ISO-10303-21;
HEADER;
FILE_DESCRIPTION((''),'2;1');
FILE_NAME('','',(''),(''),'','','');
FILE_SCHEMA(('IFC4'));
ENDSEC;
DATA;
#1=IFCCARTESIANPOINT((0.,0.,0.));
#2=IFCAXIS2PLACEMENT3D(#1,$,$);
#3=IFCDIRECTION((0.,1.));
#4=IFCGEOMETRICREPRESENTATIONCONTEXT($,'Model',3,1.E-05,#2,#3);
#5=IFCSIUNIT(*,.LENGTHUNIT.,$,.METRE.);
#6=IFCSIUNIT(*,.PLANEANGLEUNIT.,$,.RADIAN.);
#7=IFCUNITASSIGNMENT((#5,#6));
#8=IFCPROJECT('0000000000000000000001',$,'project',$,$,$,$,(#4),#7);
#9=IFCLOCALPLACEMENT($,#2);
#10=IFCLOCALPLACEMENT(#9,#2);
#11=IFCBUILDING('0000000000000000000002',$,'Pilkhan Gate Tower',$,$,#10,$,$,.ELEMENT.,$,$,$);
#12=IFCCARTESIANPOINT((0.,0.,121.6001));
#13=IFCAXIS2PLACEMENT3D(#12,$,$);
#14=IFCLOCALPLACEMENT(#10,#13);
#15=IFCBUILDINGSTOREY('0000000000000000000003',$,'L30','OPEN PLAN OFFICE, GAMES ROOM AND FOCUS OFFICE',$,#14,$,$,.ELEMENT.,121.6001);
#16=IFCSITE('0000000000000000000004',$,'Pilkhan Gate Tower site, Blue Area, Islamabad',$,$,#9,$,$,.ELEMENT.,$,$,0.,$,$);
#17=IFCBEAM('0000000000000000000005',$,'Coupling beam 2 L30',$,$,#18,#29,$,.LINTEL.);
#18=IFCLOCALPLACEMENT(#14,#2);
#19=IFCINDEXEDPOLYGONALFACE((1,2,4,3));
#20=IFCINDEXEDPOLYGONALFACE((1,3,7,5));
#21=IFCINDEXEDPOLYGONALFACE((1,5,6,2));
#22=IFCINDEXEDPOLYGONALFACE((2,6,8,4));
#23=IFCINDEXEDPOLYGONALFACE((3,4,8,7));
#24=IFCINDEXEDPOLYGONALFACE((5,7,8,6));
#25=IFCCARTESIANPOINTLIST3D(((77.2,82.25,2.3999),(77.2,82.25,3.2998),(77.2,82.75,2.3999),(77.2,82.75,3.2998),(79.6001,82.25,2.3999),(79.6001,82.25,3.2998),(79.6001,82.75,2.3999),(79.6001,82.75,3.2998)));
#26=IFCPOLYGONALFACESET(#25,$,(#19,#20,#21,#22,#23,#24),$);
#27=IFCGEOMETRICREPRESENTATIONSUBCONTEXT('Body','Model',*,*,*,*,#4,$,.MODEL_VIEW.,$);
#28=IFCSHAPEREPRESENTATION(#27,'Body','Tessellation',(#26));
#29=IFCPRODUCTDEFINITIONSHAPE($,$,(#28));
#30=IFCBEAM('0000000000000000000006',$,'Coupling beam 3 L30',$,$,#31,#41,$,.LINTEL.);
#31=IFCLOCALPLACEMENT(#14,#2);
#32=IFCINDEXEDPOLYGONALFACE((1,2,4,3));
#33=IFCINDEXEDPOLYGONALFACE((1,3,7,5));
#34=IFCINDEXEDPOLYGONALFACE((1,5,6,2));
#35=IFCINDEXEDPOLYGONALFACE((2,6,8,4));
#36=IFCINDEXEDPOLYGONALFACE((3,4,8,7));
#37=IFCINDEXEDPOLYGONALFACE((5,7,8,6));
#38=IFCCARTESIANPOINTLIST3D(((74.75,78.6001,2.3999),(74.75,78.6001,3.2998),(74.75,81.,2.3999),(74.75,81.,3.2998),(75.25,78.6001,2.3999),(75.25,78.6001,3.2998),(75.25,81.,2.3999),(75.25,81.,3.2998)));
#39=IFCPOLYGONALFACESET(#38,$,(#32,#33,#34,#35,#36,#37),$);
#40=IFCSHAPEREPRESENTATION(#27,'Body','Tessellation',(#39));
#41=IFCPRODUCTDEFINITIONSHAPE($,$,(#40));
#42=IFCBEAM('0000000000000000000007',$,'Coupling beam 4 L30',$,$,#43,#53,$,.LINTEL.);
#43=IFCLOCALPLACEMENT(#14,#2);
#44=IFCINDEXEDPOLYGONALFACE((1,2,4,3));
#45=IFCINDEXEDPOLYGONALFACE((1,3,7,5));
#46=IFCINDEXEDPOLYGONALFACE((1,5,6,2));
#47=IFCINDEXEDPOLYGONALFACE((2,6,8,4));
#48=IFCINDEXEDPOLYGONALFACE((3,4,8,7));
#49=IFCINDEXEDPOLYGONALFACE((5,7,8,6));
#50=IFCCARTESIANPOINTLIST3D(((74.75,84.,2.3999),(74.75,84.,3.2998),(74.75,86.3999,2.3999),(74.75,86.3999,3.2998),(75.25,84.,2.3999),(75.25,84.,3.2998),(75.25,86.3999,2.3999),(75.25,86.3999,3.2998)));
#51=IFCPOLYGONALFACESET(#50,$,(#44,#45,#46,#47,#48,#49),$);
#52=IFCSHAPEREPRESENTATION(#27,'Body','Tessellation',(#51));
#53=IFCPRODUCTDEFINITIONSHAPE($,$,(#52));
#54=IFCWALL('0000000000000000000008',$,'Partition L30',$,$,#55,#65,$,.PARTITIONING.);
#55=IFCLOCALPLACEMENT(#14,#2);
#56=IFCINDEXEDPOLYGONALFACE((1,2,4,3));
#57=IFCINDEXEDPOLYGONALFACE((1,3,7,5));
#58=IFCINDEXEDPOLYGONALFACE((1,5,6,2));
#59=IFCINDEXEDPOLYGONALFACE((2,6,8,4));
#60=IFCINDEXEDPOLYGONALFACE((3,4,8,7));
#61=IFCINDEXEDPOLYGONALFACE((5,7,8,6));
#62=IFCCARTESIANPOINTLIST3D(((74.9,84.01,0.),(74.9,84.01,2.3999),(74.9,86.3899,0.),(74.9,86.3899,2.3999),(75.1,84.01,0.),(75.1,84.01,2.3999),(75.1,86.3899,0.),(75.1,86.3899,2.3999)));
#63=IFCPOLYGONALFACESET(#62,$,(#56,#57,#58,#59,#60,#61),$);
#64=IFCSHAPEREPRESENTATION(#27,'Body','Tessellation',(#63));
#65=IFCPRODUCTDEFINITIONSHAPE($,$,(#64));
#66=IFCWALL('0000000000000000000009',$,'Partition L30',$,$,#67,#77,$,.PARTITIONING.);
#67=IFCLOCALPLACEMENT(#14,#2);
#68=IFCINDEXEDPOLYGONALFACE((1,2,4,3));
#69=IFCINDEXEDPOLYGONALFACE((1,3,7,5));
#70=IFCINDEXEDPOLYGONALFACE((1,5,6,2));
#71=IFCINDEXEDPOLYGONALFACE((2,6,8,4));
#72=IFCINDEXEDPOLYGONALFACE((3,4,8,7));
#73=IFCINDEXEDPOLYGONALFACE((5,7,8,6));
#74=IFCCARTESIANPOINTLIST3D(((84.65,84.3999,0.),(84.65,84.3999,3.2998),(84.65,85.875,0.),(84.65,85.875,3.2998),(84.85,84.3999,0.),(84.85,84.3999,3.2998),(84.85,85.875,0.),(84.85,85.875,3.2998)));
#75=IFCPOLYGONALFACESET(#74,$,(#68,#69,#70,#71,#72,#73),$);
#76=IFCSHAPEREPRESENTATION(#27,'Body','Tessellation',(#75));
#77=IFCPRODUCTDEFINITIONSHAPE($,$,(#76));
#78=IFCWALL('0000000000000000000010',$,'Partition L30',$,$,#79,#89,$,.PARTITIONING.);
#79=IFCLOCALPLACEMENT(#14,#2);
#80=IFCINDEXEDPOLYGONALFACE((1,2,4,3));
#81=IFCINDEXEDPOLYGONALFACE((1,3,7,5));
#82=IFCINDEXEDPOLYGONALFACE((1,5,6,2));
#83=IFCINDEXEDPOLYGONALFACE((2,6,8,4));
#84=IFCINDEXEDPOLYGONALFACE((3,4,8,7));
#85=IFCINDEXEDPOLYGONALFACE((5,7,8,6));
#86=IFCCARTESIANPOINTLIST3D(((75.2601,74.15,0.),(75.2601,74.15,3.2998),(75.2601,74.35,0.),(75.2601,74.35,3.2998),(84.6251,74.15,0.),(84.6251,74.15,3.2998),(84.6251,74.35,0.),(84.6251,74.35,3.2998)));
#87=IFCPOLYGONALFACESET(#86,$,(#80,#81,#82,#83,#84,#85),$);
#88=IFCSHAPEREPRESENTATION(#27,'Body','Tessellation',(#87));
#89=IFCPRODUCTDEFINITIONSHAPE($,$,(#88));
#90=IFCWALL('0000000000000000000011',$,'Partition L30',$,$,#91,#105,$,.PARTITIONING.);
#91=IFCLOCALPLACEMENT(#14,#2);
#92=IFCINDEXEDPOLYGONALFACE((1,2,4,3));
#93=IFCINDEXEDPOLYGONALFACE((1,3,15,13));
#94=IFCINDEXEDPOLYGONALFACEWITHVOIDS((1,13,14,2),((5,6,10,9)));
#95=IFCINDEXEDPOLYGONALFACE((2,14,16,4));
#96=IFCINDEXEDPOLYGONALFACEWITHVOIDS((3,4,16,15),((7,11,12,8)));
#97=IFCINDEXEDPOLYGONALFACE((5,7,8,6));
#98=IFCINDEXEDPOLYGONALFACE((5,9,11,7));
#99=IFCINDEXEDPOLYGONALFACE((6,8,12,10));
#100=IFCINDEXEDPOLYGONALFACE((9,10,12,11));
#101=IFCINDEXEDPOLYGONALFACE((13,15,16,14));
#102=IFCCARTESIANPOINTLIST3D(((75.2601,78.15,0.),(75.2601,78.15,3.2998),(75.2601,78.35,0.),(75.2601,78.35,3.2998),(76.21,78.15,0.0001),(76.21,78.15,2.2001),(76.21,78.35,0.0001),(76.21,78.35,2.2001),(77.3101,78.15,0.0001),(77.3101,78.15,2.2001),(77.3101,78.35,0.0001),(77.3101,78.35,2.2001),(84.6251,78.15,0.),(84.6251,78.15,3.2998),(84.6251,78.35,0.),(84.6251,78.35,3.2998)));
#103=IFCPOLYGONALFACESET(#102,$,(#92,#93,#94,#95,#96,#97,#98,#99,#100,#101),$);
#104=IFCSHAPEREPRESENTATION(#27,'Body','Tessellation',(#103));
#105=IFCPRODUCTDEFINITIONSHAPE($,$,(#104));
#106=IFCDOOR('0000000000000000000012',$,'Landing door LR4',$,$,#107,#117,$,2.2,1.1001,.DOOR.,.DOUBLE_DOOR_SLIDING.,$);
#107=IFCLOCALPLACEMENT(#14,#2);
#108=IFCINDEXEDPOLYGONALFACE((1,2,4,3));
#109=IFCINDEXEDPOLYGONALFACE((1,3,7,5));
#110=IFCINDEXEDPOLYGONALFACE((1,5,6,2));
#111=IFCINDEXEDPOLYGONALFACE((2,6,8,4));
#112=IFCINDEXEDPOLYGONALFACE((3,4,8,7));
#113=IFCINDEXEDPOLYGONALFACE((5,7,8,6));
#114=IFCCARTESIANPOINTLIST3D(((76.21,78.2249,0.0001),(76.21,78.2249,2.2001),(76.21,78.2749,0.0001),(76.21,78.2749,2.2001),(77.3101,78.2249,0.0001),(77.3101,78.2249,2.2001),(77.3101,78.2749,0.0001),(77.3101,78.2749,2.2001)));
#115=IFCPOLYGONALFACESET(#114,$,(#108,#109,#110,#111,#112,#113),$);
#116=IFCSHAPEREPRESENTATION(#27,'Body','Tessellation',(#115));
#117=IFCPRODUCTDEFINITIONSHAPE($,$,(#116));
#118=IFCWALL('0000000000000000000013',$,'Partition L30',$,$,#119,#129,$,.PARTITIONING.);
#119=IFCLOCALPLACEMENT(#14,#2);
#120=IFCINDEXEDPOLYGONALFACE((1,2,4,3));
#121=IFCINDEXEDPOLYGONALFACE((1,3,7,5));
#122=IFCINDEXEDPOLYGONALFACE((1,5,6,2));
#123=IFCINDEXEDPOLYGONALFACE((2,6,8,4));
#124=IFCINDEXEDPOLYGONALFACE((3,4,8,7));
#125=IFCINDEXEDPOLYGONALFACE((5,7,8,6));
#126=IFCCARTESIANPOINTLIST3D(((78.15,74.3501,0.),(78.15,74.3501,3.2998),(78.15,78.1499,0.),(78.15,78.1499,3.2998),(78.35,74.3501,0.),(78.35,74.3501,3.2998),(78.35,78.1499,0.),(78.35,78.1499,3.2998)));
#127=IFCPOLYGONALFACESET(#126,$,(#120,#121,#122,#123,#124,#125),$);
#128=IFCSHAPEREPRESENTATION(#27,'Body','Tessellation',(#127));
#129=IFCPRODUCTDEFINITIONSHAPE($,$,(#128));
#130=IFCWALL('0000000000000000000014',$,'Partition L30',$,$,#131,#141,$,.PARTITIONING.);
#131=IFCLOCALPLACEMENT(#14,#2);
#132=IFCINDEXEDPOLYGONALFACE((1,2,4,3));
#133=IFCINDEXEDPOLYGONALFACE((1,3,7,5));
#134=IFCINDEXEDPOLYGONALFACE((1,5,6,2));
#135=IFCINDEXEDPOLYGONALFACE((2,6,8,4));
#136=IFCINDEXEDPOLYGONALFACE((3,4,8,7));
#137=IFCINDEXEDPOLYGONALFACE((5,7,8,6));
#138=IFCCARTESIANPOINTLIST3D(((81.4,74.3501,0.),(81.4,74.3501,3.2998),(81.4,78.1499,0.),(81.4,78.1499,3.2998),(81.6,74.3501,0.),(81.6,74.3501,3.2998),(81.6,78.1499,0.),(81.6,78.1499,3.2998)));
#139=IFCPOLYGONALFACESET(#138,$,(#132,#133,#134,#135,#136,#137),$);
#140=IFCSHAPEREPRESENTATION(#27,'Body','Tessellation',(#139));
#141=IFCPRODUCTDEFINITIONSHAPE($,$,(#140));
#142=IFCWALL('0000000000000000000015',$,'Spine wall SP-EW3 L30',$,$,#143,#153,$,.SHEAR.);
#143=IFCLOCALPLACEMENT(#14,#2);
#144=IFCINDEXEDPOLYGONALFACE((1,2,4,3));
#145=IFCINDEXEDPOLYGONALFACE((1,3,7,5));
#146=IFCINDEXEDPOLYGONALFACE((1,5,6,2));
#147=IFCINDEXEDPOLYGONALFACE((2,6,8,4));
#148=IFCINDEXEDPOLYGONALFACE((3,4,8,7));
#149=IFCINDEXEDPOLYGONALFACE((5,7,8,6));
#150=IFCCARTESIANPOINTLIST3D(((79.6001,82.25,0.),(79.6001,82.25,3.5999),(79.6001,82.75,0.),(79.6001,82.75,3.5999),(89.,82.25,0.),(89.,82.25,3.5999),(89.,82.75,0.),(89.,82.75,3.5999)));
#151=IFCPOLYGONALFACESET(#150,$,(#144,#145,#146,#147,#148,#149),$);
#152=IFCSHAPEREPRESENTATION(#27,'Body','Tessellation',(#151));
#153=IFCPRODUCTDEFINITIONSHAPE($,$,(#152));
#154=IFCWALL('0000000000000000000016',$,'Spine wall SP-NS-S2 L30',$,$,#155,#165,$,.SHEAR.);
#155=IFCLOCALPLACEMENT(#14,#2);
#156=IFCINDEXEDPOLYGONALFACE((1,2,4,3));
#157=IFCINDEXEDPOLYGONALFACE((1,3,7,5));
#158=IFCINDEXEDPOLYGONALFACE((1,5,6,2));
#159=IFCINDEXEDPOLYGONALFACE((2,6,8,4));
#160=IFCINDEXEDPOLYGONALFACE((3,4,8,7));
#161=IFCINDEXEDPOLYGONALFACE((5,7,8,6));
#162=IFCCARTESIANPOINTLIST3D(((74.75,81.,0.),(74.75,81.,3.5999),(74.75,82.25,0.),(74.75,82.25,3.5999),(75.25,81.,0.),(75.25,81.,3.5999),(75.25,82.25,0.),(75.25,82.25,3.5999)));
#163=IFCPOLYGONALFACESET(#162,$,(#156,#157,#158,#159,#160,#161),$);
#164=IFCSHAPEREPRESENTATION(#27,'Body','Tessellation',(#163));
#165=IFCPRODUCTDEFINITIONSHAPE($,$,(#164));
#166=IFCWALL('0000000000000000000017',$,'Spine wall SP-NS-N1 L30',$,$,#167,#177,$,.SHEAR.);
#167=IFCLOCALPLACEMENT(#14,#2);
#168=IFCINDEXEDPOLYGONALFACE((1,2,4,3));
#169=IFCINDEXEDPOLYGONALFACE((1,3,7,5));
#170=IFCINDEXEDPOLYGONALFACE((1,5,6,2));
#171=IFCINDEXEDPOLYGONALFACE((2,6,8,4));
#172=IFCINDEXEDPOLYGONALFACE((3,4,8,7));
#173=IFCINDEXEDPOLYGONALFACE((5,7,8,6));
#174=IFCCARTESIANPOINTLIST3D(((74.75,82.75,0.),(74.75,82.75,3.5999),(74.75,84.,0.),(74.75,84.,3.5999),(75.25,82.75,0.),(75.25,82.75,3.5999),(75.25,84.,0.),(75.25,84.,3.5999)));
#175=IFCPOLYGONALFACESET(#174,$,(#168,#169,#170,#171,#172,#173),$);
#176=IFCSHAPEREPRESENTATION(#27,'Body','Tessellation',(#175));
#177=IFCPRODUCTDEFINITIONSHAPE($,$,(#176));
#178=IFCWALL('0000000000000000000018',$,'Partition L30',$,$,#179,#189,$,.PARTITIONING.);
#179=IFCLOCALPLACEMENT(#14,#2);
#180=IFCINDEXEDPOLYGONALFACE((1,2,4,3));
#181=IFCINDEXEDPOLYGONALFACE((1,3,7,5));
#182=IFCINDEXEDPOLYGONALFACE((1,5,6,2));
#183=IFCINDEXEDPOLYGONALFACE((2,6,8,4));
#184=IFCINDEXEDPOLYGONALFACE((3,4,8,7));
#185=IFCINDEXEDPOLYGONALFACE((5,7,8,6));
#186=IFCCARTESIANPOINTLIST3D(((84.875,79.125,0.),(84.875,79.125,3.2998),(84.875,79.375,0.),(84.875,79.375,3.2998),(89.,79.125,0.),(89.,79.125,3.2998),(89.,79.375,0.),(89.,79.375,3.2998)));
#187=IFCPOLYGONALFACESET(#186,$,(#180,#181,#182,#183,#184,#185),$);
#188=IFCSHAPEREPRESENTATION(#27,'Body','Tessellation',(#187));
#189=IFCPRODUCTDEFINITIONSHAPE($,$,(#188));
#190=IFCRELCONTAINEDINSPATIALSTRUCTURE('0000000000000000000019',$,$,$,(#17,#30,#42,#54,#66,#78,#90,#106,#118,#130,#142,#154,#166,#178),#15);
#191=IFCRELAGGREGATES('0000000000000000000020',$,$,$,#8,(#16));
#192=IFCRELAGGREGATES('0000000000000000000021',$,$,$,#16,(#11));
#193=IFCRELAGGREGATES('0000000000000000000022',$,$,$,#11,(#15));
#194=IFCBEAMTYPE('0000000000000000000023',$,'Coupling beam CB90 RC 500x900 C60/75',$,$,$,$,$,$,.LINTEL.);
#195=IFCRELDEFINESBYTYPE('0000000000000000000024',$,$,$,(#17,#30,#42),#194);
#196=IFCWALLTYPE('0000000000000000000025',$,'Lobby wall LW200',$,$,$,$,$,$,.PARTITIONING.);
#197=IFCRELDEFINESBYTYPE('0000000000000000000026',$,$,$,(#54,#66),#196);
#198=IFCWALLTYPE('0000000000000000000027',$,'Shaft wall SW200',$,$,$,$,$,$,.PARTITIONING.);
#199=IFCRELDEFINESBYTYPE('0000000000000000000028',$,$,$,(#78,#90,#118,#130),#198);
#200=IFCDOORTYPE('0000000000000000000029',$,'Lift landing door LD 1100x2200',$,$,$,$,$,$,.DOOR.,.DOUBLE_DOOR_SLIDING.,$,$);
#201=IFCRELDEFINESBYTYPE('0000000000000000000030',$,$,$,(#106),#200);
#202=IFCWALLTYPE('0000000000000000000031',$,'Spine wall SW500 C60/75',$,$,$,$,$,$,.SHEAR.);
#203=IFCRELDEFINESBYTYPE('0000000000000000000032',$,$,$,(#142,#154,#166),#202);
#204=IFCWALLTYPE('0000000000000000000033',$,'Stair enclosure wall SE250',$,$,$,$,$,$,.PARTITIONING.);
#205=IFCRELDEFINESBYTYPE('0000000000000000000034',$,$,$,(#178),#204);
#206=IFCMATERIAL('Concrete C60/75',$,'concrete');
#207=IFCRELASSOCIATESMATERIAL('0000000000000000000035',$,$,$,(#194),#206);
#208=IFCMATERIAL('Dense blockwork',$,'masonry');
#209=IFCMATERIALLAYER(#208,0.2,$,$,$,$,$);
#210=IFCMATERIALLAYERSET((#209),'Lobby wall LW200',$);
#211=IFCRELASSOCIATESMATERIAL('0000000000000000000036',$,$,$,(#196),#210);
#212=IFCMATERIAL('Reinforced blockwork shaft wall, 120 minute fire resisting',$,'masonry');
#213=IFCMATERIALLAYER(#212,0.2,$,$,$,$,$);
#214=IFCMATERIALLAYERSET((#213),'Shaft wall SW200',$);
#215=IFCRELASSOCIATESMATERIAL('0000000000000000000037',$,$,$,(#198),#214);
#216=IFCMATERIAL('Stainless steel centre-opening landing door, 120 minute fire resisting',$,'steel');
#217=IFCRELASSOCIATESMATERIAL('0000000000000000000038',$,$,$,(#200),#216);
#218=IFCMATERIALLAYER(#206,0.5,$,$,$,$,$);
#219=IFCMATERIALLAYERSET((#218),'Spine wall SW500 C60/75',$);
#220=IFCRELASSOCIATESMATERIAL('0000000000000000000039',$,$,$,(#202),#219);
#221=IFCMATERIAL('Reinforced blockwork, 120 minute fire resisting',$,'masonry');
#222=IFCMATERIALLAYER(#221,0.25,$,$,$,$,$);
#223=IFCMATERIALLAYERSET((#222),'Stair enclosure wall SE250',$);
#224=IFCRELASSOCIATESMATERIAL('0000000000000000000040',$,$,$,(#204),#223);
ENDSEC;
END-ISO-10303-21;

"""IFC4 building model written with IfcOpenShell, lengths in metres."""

from ifc_helpers import new_model, si_unit, direction, frame, frame_2d, origin, origin_2d, place, context, subcontext, project, spatial, rectangle, extrude, material, layer, layer_set, material_profile, profile_set, type_object, element, fill, save


model = new_model("IFC4")

# Units and contexts
model_context = context("Model", 3, precision=1e-05, world=origin(), true_north=direction((0.0, 1.0)))
body_context = subcontext(model_context, "Body", "Model", "MODEL_VIEW")
ifc_project = project(units=[si_unit("LENGTHUNIT", "METRE"), si_unit("PLANEANGLEUNIT", "RADIAN")], contexts=[model_context])

# Site, building, storey
site_placement = place(None, origin())
site = spatial("IfcSite", under=ifc_project, at=site_placement, Name="Pilkhan Gate Tower site, Blue Area, Islamabad", CompositionType="ELEMENT", RefElevation=0.0)
building_placement = place(site_placement, origin())
building = spatial("IfcBuilding", under=site, at=building_placement, Name="Pilkhan Gate Tower", CompositionType="ELEMENT")
storey_placement = place(building_placement, frame((0.0, 0.0, 121.6001)))
storey = spatial("IfcBuildingStorey", under=building, at=storey_placement, Name="L30", Description="OPEN PLAN OFFICE, GAMES ROOM AND FOCUS OFFICE", CompositionType="ELEMENT", Elevation=121.6001)

# Beams
ifc_material_1 = material(Name="Concrete C60/75", Category="concrete")
ifc_material_profile = material_profile(ifc_material_1, rectangle(XDim=0.5, YDim=0.8999, at=origin_2d()), Name="RC 500x900")
ifc_profile_set = profile_set([ifc_material_profile], Name="Concrete C60/75")
beam_type = type_object("IfcBeamType", Name="Coupling beam CB90 RC 500x900 C60/75", PredefinedType="LINTEL", material=ifc_profile_set)
beam_placement = place(storey_placement, frame((77.2, 82.5, 2.8499), z_axis=(1.0, 0.0, 0.0), x_axis=(0.0, 1.0, 0.0)))
element("IfcBeam", 1, at=beam_placement, inside=storey, type_object=beam_type, Name="Coupling beam 2 L30", PredefinedType="LINTEL", context=body_context, shape_type="SweptSolid", body=[
    extrude(rectangle(XDim=0.5, YDim=0.8999, at=origin_2d()), origin(), (0.0, 0.0, 1.0), 2.4001),
])
for number, where, z_axis, x_axis, name in (
    (2, (75.0, 78.6001, 2.8499), (0.0, 1.0, 0.0), (-1.0, 0.0, 0.0), "Coupling beam 3 L30"),
    (3, (75.0, 84.0, 2.8499), (0.0, 1.0, 0.0), (-1.0, 0.0, 0.0), "Coupling beam 4 L30"),
):
    element("IfcBeam", number, at=place(storey_placement, frame(where, z_axis=z_axis, x_axis=x_axis)), inside=storey, type_object=beam_type, Name=name, PredefinedType="LINTEL", context=body_context, shape_type="SweptSolid", body=[
        extrude(rectangle(XDim=0.5, YDim=0.8999, at=origin_2d()), origin(), (0.0, 0.0, 1.0), 2.3999),
    ])

# Walls
ifc_material_2 = material(Name="Dense blockwork", Category="masonry")
ifc_layer_1 = layer(ifc_material_2, 0.2)
ifc_layer_set_1 = layer_set([ifc_layer_1], Name="Lobby wall LW200")
wall_type_1 = type_object("IfcWallType", Name="Lobby wall LW200", PredefinedType="PARTITIONING", material=ifc_layer_set_1)
wall_1_placement = place(storey_placement, frame((75.0, 84.01, 0.0), z_axis=(0.0, 0.0, 1.0), x_axis=(0.0, 1.0, 0.0)))
element("IfcWall", 4, at=wall_1_placement, inside=storey, type_object=wall_type_1, Name="Partition L30", PredefinedType="PARTITIONING", context=body_context, shape_type="SweptSolid", body=[
    extrude(rectangle(XDim=2.3799, YDim=0.2, at=frame_2d((1.1899, 0.0))), origin(), (0.0, 0.0, 1.0), 2.3999),
])
wall_2_placement = place(storey_placement, frame((84.75, 84.3999, 0.0), z_axis=(0.0, 0.0, 1.0), x_axis=(0.0, 1.0, 0.0)))
element("IfcWall", 5, at=wall_2_placement, inside=storey, type_object=wall_type_1, Name="Partition L30", PredefinedType="PARTITIONING", context=body_context, shape_type="SweptSolid", body=[
    extrude(rectangle(XDim=1.4751, YDim=0.2, at=frame_2d((0.7375, 0.0))), origin(), (0.0, 0.0, 1.0), 3.2998),
])
ifc_material_3 = material(Name="Reinforced blockwork shaft wall, 120 minute fire resisting", Category="masonry")
ifc_layer_2 = layer(ifc_material_3, 0.2)
ifc_layer_set_2 = layer_set([ifc_layer_2], Name="Shaft wall SW200")
wall_type_2 = type_object("IfcWallType", Name="Shaft wall SW200", PredefinedType="PARTITIONING", material=ifc_layer_set_2)
wall_3_placement = place(storey_placement, frame((75.26, 74.25, 0.0), z_axis=(0.0, 0.0, 1.0), x_axis=(1.0, 0.0, 0.0)))
element("IfcWall", 6, at=wall_3_placement, inside=storey, type_object=wall_type_2, Name="Partition L30", PredefinedType="PARTITIONING", context=body_context, shape_type="SweptSolid", body=[
    extrude(rectangle(XDim=9.365, YDim=0.2, at=frame_2d((4.6826, 0.0))), origin(), (0.0, 0.0, 1.0), 3.2998),
])

# Wall, opening, door
wall_4_placement = place(storey_placement, frame((75.26, 78.25, 0.0), z_axis=(0.0, 0.0, 1.0), x_axis=(1.0, 0.0, 0.0)))
wall_4 = element("IfcWall", 7, at=wall_4_placement, inside=storey, type_object=wall_type_2, Name="Partition L30", PredefinedType="PARTITIONING", context=body_context, shape_type="SweptSolid", body=[
    extrude(rectangle(XDim=9.365, YDim=0.2, at=frame_2d((4.6826, 0.0))), origin(), (0.0, 0.0, 1.0), 3.2998),
])
opening_placement = place(wall_4_placement, frame((0.95, 0.0, 0.0)))
opening = element("IfcOpeningElement", 8, at=opening_placement, cuts=wall_4, PredefinedType="OPENING", context=body_context, shape_type="SweptSolid", body=[
    extrude(rectangle(XDim=1.1001, YDim=2.2, at=frame_2d((0.55, 1.1001))), frame((0.0, 0.1099, 0.0), z_axis=(0.0, -1.0, 0.0), x_axis=(1.0, 0.0, 0.0)), (0.0, 0.0, 1.0), 0.22),
])
ifc_material_4 = material(Name="Stainless steel centre-opening landing door, 120 minute fire resisting", Category="steel")
door_type = type_object("IfcDoorType", Name="Lift landing door LD 1100x2200", OperationType="DOUBLE_DOOR_SLIDING", PredefinedType="DOOR", material=ifc_material_4)
door_placement = place(opening_placement, origin())
door = element("IfcDoor", 9, at=door_placement, inside=storey, type_object=door_type, Name="Landing door LR4", OperationType="DOUBLE_DOOR_SLIDING", OverallHeight=2.2, OverallWidth=1.1001, PredefinedType="DOOR", context=body_context, shape_type="SweptSolid", body=[
    extrude(rectangle(XDim=1.1001, YDim=2.2, at=frame_2d((0.55, 1.1001))), frame((0.0, 0.0249, 0.0), z_axis=(0.0, -1.0, 0.0), x_axis=(1.0, 0.0, 0.0)), (0.0, 0.0, 1.0), 0.05),
])
fill(opening, door)

# Walls
for number, where, z_axis, x_axis, name in (
    (10, (78.25, 74.3501, 0.0), (0.0, 0.0, 1.0), (0.0, 1.0, 0.0), "Partition L30"),
    (11, (81.5, 74.3501, 0.0), (0.0, 0.0, 1.0), (0.0, 1.0, 0.0), "Partition L30"),
):
    element("IfcWall", number, at=place(storey_placement, frame(where, z_axis=z_axis, x_axis=x_axis)), inside=storey, type_object=wall_type_2, Name=name, PredefinedType="PARTITIONING", context=body_context, shape_type="SweptSolid", body=[
        extrude(rectangle(XDim=3.7998, YDim=0.2, at=frame_2d((1.8999, 0.0))), origin(), (0.0, 0.0, 1.0), 3.2998),
    ])
ifc_layer_3 = layer(ifc_material_1, 0.5)
ifc_layer_set_3 = layer_set([ifc_layer_3], Name="Spine wall SW500 C60/75")
wall_type_3 = type_object("IfcWallType", Name="Spine wall SW500 C60/75", PredefinedType="SHEAR", material=ifc_layer_set_3)
wall_5_placement = place(storey_placement, frame((79.6001, 82.5, 0.0), z_axis=(0.0, 0.0, 1.0), x_axis=(1.0, 0.0, 0.0)))
element("IfcWall", 12, at=wall_5_placement, inside=storey, type_object=wall_type_3, Name="Spine wall SP-EW3 L30", PredefinedType="SHEAR", context=body_context, shape_type="SweptSolid", body=[
    extrude(rectangle(XDim=9.3999, YDim=0.5, at=frame_2d((4.7, 0.0))), origin(), (0.0, 0.0, 1.0), 3.5999),
])
for number, where, z_axis, x_axis, name in (
    (13, (75.0, 81.0, 0.0), (0.0, 0.0, 1.0), (0.0, 1.0, 0.0), "Spine wall SP-NS-S2 L30"),
    (14, (75.0, 82.75, 0.0), (0.0, 0.0, 1.0), (0.0, 1.0, 0.0), "Spine wall SP-NS-N1 L30"),
):
    element("IfcWall", number, at=place(storey_placement, frame(where, z_axis=z_axis, x_axis=x_axis)), inside=storey, type_object=wall_type_3, Name=name, PredefinedType="SHEAR", context=body_context, shape_type="SweptSolid", body=[
        extrude(rectangle(XDim=1.25, YDim=0.5, at=frame_2d((0.625, 0.0))), origin(), (0.0, 0.0, 1.0), 3.5999),
    ])
ifc_material_5 = material(Name="Reinforced blockwork, 120 minute fire resisting", Category="masonry")
ifc_layer_4 = layer(ifc_material_5, 0.25)
ifc_layer_set_4 = layer_set([ifc_layer_4], Name="Stair enclosure wall SE250")
wall_type_4 = type_object("IfcWallType", Name="Stair enclosure wall SE250", PredefinedType="PARTITIONING", material=ifc_layer_set_4)
wall_6_placement = place(storey_placement, frame((84.875, 79.25, 0.0), z_axis=(0.0, 0.0, 1.0), x_axis=(1.0, 0.0, 0.0)))
element("IfcWall", 15, at=wall_6_placement, inside=storey, type_object=wall_type_4, Name="Partition L30", PredefinedType="PARTITIONING", context=body_context, shape_type="SweptSolid", body=[
    extrude(rectangle(XDim=4.125, YDim=0.25, at=frame_2d((2.0625, 0.0))), origin(), (0.0, 0.0, 1.0), 3.2998),
])

save(model, "model.ifc")
